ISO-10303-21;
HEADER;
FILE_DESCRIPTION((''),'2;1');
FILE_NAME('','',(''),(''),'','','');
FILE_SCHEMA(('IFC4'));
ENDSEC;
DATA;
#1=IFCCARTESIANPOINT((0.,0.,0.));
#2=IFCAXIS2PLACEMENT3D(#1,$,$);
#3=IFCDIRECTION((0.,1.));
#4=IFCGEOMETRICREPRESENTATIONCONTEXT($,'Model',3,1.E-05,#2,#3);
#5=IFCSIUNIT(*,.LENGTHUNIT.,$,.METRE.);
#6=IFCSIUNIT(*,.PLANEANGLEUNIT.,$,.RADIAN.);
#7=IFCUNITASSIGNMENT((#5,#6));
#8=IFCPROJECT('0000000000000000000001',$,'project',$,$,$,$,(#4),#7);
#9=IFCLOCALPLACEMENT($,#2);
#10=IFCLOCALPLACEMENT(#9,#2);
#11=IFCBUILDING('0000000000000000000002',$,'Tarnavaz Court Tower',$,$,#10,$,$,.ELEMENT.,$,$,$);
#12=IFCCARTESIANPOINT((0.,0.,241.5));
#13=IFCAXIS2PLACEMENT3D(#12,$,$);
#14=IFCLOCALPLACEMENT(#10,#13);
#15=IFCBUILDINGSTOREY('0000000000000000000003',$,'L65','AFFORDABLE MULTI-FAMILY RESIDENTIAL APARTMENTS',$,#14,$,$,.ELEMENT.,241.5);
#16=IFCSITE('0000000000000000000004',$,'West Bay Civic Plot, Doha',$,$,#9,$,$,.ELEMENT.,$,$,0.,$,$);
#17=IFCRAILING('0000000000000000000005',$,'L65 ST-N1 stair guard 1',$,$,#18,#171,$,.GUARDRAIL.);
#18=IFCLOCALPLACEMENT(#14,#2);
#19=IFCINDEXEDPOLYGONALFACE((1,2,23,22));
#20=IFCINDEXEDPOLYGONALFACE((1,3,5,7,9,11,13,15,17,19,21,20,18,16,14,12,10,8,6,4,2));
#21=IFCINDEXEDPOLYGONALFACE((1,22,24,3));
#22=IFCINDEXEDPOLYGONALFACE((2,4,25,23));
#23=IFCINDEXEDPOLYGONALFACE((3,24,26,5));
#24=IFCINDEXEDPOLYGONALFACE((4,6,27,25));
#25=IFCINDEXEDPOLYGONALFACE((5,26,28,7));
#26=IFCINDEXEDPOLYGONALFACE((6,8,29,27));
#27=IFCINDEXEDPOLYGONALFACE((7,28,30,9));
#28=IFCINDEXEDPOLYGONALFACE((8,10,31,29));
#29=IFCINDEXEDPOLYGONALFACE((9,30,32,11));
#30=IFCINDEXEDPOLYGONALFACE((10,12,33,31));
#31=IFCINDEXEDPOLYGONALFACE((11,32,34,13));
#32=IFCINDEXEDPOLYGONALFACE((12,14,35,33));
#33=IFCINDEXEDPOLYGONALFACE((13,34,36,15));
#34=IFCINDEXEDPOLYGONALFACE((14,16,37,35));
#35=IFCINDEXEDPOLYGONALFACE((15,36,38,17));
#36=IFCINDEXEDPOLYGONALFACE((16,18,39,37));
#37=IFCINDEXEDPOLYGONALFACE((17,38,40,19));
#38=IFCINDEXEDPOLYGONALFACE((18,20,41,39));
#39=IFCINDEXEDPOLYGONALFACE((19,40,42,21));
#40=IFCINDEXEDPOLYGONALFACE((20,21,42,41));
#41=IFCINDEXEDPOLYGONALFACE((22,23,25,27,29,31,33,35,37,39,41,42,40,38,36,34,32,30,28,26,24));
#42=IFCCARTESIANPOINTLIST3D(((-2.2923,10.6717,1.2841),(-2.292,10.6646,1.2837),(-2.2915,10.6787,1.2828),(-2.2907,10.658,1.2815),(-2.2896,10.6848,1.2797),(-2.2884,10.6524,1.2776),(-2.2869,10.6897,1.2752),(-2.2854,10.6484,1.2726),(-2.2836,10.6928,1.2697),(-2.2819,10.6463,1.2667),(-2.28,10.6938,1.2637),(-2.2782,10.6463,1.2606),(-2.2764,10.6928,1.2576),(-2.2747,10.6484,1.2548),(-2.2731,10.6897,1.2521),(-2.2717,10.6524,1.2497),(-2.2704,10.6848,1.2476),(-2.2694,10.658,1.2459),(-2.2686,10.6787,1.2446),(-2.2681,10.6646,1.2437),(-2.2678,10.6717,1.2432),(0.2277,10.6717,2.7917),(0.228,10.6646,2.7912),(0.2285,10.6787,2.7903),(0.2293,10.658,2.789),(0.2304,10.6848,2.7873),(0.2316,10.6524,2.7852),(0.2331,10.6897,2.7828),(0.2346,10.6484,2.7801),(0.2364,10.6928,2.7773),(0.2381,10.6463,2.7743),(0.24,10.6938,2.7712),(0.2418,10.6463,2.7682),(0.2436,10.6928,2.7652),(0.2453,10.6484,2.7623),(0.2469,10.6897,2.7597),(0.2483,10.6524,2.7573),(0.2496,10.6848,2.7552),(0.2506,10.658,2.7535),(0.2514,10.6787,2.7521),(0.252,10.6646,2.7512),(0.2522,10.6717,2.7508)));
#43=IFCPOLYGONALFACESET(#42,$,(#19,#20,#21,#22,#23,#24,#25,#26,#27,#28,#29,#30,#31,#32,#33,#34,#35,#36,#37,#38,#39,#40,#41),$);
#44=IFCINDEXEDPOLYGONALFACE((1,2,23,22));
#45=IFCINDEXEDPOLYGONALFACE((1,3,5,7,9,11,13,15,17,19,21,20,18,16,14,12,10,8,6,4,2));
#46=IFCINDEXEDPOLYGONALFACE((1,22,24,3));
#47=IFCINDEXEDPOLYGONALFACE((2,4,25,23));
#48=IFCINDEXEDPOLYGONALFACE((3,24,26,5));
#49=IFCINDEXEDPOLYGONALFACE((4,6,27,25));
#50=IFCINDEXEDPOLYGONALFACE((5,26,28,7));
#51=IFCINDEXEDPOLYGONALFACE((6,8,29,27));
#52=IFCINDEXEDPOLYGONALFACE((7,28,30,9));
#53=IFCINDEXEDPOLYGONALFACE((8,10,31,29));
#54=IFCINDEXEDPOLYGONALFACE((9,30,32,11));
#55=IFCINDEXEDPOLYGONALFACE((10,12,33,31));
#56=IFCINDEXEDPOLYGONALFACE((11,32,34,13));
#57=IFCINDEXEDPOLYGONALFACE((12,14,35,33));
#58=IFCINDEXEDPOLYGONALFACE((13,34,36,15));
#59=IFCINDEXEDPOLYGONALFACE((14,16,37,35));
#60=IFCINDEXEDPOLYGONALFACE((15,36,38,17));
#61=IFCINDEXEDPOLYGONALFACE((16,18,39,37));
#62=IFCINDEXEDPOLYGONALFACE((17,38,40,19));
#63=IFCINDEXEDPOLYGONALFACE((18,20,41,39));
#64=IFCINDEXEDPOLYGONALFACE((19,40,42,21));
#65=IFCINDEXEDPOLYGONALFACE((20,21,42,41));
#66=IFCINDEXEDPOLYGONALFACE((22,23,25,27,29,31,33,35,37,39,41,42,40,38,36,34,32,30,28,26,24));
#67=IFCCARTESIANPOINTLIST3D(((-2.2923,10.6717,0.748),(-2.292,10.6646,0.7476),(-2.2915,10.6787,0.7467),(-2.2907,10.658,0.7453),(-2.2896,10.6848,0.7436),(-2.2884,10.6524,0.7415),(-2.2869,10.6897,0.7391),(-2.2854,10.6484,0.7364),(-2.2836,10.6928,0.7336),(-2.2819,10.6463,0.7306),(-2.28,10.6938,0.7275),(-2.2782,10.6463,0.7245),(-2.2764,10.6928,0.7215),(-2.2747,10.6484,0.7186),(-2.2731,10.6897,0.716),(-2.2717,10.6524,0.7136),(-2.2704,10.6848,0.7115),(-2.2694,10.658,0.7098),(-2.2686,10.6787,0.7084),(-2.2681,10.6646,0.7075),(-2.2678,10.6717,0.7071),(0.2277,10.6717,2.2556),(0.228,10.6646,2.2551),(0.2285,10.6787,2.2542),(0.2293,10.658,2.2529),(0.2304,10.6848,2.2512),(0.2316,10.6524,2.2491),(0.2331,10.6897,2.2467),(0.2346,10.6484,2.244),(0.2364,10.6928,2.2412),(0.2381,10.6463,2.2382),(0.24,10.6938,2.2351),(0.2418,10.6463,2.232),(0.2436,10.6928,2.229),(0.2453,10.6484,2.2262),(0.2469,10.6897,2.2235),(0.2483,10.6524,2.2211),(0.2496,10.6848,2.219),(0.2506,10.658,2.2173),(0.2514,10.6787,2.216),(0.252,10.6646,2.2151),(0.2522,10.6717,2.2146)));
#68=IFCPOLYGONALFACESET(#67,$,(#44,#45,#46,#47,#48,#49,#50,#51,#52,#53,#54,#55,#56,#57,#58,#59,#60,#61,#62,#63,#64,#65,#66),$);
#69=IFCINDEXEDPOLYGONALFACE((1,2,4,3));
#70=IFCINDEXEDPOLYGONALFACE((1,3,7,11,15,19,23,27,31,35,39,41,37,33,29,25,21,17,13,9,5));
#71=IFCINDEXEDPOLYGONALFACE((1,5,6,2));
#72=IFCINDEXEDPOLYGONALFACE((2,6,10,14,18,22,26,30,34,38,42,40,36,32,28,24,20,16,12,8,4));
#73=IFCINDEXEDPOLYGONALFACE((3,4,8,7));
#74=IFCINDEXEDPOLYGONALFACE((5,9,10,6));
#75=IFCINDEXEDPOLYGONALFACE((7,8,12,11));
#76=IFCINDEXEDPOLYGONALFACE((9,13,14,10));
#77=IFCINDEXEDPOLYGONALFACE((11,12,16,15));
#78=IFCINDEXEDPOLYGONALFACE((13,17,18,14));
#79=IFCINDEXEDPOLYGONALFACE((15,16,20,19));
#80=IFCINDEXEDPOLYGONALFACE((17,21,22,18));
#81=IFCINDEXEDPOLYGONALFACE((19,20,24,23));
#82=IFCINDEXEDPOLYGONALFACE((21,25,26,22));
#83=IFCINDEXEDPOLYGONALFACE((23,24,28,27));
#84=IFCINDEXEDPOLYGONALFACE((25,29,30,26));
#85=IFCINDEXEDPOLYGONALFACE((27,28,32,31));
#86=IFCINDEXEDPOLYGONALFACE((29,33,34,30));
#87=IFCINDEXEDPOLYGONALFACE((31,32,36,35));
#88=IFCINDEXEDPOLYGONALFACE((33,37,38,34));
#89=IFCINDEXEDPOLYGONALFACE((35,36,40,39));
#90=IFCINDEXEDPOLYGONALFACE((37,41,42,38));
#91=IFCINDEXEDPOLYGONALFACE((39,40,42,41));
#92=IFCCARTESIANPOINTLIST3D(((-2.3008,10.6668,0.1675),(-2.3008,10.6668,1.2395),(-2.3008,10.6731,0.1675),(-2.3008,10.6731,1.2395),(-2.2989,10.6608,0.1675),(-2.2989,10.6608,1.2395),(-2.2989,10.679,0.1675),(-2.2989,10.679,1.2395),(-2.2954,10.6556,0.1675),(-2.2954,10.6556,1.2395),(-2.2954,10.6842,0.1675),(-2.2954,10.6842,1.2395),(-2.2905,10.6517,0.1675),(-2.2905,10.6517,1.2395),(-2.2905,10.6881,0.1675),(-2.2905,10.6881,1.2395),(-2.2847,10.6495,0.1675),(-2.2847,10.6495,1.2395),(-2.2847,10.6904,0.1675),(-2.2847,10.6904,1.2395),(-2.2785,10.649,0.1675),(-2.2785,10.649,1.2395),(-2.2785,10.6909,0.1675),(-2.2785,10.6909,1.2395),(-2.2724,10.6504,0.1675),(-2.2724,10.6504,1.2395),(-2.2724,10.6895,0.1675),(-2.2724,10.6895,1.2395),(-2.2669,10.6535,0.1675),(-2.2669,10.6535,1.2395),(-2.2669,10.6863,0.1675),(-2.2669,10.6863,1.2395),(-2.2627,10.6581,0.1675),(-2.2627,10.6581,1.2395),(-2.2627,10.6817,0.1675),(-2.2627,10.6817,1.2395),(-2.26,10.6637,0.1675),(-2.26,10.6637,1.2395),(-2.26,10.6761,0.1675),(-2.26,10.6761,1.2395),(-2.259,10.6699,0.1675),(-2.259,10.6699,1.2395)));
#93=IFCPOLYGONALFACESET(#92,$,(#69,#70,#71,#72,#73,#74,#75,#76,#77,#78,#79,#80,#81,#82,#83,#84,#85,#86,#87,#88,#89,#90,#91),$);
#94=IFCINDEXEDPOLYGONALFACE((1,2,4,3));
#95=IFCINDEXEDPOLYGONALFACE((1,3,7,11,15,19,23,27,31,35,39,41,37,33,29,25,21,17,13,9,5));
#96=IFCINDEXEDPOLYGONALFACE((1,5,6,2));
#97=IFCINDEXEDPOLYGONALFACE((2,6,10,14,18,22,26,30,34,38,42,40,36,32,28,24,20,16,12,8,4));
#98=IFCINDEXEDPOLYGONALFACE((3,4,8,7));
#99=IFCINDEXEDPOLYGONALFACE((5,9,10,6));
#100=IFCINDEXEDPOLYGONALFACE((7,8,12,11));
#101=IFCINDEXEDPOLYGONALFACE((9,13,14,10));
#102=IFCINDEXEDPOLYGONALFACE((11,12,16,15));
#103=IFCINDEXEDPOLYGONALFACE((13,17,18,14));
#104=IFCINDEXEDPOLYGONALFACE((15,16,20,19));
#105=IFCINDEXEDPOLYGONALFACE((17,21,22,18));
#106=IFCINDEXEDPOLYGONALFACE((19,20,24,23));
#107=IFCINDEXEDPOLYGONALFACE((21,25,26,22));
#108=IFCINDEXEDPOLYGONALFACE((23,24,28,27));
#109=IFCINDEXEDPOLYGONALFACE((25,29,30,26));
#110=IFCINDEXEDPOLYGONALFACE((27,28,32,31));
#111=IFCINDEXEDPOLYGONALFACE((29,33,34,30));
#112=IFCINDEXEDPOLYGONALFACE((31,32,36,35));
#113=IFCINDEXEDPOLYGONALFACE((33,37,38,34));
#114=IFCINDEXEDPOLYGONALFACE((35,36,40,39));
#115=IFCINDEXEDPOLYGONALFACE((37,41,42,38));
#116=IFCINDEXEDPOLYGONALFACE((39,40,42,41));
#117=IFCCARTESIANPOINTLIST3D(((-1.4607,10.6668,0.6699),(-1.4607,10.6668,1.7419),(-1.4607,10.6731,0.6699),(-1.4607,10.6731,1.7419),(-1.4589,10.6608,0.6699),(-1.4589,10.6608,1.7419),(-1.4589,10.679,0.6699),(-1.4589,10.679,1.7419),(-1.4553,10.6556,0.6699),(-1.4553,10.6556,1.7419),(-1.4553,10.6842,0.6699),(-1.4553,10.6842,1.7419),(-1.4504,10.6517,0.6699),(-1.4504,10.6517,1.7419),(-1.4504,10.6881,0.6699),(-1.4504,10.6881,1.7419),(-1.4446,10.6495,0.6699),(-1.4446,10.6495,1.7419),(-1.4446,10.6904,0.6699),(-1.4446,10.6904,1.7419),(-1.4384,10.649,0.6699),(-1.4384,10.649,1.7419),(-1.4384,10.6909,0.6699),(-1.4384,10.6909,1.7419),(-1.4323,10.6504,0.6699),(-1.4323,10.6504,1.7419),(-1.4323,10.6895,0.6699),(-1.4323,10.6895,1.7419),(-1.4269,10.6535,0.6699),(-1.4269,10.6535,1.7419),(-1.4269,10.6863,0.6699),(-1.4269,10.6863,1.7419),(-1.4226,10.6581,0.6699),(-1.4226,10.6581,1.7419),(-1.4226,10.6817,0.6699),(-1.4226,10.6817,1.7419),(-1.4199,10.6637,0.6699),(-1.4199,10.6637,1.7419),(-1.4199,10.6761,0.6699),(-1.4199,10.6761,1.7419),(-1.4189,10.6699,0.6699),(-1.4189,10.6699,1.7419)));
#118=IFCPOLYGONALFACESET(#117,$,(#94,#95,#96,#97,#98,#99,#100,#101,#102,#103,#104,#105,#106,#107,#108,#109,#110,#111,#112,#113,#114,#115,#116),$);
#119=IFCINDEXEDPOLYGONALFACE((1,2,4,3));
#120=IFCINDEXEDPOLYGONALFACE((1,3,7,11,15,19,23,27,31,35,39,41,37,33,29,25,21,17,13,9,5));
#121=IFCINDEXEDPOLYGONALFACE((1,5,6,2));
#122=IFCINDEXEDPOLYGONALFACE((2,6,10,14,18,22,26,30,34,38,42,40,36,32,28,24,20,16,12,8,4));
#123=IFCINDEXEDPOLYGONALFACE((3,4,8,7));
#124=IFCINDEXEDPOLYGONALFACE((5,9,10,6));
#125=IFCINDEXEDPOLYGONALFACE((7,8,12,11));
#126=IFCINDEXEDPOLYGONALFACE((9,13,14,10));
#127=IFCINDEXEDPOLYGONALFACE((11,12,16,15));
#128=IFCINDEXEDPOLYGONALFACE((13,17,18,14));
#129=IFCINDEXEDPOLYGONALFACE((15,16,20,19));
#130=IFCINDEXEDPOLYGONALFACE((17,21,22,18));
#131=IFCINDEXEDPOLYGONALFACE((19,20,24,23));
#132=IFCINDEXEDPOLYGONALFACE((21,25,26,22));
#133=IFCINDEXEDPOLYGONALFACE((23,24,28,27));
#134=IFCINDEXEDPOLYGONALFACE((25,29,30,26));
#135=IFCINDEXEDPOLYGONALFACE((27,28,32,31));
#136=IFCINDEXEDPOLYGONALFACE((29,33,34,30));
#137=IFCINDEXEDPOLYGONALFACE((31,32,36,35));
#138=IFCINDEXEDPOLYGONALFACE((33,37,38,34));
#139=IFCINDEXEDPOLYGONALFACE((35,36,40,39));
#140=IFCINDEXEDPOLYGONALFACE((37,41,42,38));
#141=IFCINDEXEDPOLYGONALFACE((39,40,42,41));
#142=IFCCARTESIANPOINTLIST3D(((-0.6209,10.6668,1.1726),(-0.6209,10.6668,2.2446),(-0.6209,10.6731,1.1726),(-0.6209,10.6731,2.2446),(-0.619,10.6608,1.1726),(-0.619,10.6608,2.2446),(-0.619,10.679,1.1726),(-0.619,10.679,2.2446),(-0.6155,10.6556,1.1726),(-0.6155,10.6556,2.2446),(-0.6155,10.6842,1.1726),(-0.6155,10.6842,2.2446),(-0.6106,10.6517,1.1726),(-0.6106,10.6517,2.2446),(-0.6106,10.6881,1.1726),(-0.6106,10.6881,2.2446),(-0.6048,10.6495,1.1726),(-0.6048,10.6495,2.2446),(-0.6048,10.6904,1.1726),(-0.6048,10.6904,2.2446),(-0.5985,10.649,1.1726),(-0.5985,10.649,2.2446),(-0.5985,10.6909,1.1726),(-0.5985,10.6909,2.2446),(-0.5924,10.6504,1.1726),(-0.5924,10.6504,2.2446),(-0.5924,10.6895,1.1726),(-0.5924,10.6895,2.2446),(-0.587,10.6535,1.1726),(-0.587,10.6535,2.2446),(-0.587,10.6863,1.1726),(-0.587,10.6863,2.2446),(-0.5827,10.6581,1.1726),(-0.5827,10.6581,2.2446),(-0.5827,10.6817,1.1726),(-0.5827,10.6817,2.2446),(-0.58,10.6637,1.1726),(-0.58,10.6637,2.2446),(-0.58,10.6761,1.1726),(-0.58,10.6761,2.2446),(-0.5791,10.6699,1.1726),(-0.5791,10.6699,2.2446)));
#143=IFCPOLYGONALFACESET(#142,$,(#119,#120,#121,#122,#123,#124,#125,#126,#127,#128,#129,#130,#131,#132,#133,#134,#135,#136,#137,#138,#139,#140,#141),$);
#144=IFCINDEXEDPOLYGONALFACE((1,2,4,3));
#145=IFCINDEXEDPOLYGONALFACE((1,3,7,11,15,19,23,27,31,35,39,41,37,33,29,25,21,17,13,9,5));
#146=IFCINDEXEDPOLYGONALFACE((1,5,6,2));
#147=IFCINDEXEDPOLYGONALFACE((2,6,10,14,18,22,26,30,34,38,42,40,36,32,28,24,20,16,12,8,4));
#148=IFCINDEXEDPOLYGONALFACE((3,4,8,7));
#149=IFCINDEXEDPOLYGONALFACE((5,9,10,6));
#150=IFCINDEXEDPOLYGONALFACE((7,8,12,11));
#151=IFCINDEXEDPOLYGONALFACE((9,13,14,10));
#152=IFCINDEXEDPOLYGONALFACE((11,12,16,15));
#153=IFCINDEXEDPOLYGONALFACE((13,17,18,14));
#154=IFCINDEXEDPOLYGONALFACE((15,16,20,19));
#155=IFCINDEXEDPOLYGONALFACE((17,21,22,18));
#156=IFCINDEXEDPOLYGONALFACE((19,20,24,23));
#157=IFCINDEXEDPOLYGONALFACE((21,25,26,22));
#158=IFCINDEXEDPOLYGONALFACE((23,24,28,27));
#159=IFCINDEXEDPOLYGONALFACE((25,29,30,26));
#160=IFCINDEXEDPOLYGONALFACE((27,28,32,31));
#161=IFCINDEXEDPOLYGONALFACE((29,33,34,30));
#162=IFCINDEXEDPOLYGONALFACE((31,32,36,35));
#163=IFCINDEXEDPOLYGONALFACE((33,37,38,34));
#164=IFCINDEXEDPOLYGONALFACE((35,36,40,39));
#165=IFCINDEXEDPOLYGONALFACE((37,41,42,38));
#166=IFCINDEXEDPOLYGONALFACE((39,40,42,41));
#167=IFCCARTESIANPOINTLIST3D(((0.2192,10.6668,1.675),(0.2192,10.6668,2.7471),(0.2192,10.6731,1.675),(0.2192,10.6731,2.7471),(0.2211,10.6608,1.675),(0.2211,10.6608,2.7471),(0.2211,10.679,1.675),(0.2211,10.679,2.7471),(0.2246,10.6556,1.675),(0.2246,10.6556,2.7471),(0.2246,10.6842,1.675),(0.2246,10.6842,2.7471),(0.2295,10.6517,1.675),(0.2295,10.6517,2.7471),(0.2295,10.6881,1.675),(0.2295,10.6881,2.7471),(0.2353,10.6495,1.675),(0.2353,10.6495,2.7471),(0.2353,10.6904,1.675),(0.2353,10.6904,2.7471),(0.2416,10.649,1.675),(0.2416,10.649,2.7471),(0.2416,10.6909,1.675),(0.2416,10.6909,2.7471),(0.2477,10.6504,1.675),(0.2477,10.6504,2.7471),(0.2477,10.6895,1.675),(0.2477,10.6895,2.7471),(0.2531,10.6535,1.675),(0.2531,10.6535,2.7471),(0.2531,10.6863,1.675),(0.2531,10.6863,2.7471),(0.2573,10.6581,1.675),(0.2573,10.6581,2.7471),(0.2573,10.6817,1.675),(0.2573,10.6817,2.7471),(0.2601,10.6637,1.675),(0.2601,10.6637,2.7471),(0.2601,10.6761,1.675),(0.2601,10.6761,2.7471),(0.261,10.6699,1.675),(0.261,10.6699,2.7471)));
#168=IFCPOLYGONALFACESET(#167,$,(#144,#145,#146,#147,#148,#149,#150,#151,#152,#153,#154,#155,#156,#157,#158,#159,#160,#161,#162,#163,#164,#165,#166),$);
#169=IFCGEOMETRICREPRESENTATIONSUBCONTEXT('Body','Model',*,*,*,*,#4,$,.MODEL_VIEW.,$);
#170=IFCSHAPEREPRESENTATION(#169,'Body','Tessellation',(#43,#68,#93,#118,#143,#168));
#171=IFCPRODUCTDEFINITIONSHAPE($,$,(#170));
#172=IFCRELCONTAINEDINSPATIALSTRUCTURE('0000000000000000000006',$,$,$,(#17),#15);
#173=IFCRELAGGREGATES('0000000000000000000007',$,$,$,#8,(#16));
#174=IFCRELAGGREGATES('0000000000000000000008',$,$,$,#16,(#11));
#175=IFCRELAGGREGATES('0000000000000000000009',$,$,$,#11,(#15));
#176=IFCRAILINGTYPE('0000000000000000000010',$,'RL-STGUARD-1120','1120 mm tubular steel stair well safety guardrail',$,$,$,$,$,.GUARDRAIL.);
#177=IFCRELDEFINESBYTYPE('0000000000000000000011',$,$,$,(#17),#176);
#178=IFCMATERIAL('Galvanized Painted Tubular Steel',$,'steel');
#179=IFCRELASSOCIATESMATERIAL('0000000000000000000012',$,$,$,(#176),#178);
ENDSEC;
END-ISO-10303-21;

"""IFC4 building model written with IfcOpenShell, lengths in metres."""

from ifc_helpers import new_model, si_unit, direction, frame, origin, origin_2d, place, context, subcontext, project, spatial, circle, extrude, material, type_object, element, save


model = new_model("IFC4")

# Units and contexts
model_context = context("Model", 3, precision=1e-05, world=origin(), true_north=direction((0.0, 1.0)))
body_context = subcontext(model_context, "Body", "Model", "MODEL_VIEW")
ifc_project = project(units=[si_unit("LENGTHUNIT", "METRE"), si_unit("PLANEANGLEUNIT", "RADIAN")], contexts=[model_context])

# Site, building, storey
site_placement = place(None, origin())
site = spatial("IfcSite", under=ifc_project, at=site_placement, Name="West Bay Civic Plot, Doha", CompositionType="ELEMENT", RefElevation=0.0)
building_placement = place(site_placement, origin())
building = spatial("IfcBuilding", under=site, at=building_placement, Name="Tarnavaz Court Tower", CompositionType="ELEMENT")
storey_placement = place(building_placement, frame((0.0, 0.0, 241.5)))
storey = spatial("IfcBuildingStorey", under=building, at=storey_placement, Name="L65", Description="AFFORDABLE MULTI-FAMILY RESIDENTIAL APARTMENTS", CompositionType="ELEMENT", Elevation=241.5)

# Railing
ifc_material_1 = material(Name="Galvanized Painted Tubular Steel", Category="steel")
railing_type_1 = type_object("IfcRailingType", Name="RL-STGUARD-1120", Description="1120 mm tubular steel stair well safety guardrail", PredefinedType="GUARDRAIL", material=ifc_material_1)
railing_1_placement = place(storey_placement, frame((-2.28, 10.6699, 0.1675)))
element("IfcRailing", 1, at=railing_1_placement, inside=storey, type_object=railing_type_1, Name="L65 ST-N1 stair guard 1", PredefinedType="GUARDRAIL", context=body_context, shape_type="SweptSolid", body=[
    extrude(circle(Radius=0.0239, at=origin_2d()), frame((0.0, 0.0, 1.0962), z_axis=(0.85816, 0.0, 0.513383), x_axis=(0.0, 1.0, 0.0)), (0.0, 0.0, 1.0), 2.9365),
    extrude(circle(Radius=0.0239, at=origin_2d()), frame((0.0, 0.0, 0.5601), z_axis=(0.85816, 0.0, 0.513383), x_axis=(0.0, 1.0, 0.0)), (0.0, 0.0, 1.0), 2.9365),
    extrude(circle(Radius=0.021, at=origin_2d()), origin(), (0.0, 0.0, 1.0), 1.072),
    extrude(circle(Radius=0.021, at=origin_2d()), frame((0.8401, 0.0, 0.5024)), (0.0, 0.0, 1.0), 1.072),
    extrude(circle(Radius=0.021, at=origin_2d()), frame((1.6799, 0.0, 1.0051)), (0.0, 0.0, 1.0), 1.072),
    extrude(circle(Radius=0.021, at=origin_2d()), frame((2.52, 0.0, 1.5076)), (0.0, 0.0, 1.0), 1.072),
])

save(model, "model.ifc")
